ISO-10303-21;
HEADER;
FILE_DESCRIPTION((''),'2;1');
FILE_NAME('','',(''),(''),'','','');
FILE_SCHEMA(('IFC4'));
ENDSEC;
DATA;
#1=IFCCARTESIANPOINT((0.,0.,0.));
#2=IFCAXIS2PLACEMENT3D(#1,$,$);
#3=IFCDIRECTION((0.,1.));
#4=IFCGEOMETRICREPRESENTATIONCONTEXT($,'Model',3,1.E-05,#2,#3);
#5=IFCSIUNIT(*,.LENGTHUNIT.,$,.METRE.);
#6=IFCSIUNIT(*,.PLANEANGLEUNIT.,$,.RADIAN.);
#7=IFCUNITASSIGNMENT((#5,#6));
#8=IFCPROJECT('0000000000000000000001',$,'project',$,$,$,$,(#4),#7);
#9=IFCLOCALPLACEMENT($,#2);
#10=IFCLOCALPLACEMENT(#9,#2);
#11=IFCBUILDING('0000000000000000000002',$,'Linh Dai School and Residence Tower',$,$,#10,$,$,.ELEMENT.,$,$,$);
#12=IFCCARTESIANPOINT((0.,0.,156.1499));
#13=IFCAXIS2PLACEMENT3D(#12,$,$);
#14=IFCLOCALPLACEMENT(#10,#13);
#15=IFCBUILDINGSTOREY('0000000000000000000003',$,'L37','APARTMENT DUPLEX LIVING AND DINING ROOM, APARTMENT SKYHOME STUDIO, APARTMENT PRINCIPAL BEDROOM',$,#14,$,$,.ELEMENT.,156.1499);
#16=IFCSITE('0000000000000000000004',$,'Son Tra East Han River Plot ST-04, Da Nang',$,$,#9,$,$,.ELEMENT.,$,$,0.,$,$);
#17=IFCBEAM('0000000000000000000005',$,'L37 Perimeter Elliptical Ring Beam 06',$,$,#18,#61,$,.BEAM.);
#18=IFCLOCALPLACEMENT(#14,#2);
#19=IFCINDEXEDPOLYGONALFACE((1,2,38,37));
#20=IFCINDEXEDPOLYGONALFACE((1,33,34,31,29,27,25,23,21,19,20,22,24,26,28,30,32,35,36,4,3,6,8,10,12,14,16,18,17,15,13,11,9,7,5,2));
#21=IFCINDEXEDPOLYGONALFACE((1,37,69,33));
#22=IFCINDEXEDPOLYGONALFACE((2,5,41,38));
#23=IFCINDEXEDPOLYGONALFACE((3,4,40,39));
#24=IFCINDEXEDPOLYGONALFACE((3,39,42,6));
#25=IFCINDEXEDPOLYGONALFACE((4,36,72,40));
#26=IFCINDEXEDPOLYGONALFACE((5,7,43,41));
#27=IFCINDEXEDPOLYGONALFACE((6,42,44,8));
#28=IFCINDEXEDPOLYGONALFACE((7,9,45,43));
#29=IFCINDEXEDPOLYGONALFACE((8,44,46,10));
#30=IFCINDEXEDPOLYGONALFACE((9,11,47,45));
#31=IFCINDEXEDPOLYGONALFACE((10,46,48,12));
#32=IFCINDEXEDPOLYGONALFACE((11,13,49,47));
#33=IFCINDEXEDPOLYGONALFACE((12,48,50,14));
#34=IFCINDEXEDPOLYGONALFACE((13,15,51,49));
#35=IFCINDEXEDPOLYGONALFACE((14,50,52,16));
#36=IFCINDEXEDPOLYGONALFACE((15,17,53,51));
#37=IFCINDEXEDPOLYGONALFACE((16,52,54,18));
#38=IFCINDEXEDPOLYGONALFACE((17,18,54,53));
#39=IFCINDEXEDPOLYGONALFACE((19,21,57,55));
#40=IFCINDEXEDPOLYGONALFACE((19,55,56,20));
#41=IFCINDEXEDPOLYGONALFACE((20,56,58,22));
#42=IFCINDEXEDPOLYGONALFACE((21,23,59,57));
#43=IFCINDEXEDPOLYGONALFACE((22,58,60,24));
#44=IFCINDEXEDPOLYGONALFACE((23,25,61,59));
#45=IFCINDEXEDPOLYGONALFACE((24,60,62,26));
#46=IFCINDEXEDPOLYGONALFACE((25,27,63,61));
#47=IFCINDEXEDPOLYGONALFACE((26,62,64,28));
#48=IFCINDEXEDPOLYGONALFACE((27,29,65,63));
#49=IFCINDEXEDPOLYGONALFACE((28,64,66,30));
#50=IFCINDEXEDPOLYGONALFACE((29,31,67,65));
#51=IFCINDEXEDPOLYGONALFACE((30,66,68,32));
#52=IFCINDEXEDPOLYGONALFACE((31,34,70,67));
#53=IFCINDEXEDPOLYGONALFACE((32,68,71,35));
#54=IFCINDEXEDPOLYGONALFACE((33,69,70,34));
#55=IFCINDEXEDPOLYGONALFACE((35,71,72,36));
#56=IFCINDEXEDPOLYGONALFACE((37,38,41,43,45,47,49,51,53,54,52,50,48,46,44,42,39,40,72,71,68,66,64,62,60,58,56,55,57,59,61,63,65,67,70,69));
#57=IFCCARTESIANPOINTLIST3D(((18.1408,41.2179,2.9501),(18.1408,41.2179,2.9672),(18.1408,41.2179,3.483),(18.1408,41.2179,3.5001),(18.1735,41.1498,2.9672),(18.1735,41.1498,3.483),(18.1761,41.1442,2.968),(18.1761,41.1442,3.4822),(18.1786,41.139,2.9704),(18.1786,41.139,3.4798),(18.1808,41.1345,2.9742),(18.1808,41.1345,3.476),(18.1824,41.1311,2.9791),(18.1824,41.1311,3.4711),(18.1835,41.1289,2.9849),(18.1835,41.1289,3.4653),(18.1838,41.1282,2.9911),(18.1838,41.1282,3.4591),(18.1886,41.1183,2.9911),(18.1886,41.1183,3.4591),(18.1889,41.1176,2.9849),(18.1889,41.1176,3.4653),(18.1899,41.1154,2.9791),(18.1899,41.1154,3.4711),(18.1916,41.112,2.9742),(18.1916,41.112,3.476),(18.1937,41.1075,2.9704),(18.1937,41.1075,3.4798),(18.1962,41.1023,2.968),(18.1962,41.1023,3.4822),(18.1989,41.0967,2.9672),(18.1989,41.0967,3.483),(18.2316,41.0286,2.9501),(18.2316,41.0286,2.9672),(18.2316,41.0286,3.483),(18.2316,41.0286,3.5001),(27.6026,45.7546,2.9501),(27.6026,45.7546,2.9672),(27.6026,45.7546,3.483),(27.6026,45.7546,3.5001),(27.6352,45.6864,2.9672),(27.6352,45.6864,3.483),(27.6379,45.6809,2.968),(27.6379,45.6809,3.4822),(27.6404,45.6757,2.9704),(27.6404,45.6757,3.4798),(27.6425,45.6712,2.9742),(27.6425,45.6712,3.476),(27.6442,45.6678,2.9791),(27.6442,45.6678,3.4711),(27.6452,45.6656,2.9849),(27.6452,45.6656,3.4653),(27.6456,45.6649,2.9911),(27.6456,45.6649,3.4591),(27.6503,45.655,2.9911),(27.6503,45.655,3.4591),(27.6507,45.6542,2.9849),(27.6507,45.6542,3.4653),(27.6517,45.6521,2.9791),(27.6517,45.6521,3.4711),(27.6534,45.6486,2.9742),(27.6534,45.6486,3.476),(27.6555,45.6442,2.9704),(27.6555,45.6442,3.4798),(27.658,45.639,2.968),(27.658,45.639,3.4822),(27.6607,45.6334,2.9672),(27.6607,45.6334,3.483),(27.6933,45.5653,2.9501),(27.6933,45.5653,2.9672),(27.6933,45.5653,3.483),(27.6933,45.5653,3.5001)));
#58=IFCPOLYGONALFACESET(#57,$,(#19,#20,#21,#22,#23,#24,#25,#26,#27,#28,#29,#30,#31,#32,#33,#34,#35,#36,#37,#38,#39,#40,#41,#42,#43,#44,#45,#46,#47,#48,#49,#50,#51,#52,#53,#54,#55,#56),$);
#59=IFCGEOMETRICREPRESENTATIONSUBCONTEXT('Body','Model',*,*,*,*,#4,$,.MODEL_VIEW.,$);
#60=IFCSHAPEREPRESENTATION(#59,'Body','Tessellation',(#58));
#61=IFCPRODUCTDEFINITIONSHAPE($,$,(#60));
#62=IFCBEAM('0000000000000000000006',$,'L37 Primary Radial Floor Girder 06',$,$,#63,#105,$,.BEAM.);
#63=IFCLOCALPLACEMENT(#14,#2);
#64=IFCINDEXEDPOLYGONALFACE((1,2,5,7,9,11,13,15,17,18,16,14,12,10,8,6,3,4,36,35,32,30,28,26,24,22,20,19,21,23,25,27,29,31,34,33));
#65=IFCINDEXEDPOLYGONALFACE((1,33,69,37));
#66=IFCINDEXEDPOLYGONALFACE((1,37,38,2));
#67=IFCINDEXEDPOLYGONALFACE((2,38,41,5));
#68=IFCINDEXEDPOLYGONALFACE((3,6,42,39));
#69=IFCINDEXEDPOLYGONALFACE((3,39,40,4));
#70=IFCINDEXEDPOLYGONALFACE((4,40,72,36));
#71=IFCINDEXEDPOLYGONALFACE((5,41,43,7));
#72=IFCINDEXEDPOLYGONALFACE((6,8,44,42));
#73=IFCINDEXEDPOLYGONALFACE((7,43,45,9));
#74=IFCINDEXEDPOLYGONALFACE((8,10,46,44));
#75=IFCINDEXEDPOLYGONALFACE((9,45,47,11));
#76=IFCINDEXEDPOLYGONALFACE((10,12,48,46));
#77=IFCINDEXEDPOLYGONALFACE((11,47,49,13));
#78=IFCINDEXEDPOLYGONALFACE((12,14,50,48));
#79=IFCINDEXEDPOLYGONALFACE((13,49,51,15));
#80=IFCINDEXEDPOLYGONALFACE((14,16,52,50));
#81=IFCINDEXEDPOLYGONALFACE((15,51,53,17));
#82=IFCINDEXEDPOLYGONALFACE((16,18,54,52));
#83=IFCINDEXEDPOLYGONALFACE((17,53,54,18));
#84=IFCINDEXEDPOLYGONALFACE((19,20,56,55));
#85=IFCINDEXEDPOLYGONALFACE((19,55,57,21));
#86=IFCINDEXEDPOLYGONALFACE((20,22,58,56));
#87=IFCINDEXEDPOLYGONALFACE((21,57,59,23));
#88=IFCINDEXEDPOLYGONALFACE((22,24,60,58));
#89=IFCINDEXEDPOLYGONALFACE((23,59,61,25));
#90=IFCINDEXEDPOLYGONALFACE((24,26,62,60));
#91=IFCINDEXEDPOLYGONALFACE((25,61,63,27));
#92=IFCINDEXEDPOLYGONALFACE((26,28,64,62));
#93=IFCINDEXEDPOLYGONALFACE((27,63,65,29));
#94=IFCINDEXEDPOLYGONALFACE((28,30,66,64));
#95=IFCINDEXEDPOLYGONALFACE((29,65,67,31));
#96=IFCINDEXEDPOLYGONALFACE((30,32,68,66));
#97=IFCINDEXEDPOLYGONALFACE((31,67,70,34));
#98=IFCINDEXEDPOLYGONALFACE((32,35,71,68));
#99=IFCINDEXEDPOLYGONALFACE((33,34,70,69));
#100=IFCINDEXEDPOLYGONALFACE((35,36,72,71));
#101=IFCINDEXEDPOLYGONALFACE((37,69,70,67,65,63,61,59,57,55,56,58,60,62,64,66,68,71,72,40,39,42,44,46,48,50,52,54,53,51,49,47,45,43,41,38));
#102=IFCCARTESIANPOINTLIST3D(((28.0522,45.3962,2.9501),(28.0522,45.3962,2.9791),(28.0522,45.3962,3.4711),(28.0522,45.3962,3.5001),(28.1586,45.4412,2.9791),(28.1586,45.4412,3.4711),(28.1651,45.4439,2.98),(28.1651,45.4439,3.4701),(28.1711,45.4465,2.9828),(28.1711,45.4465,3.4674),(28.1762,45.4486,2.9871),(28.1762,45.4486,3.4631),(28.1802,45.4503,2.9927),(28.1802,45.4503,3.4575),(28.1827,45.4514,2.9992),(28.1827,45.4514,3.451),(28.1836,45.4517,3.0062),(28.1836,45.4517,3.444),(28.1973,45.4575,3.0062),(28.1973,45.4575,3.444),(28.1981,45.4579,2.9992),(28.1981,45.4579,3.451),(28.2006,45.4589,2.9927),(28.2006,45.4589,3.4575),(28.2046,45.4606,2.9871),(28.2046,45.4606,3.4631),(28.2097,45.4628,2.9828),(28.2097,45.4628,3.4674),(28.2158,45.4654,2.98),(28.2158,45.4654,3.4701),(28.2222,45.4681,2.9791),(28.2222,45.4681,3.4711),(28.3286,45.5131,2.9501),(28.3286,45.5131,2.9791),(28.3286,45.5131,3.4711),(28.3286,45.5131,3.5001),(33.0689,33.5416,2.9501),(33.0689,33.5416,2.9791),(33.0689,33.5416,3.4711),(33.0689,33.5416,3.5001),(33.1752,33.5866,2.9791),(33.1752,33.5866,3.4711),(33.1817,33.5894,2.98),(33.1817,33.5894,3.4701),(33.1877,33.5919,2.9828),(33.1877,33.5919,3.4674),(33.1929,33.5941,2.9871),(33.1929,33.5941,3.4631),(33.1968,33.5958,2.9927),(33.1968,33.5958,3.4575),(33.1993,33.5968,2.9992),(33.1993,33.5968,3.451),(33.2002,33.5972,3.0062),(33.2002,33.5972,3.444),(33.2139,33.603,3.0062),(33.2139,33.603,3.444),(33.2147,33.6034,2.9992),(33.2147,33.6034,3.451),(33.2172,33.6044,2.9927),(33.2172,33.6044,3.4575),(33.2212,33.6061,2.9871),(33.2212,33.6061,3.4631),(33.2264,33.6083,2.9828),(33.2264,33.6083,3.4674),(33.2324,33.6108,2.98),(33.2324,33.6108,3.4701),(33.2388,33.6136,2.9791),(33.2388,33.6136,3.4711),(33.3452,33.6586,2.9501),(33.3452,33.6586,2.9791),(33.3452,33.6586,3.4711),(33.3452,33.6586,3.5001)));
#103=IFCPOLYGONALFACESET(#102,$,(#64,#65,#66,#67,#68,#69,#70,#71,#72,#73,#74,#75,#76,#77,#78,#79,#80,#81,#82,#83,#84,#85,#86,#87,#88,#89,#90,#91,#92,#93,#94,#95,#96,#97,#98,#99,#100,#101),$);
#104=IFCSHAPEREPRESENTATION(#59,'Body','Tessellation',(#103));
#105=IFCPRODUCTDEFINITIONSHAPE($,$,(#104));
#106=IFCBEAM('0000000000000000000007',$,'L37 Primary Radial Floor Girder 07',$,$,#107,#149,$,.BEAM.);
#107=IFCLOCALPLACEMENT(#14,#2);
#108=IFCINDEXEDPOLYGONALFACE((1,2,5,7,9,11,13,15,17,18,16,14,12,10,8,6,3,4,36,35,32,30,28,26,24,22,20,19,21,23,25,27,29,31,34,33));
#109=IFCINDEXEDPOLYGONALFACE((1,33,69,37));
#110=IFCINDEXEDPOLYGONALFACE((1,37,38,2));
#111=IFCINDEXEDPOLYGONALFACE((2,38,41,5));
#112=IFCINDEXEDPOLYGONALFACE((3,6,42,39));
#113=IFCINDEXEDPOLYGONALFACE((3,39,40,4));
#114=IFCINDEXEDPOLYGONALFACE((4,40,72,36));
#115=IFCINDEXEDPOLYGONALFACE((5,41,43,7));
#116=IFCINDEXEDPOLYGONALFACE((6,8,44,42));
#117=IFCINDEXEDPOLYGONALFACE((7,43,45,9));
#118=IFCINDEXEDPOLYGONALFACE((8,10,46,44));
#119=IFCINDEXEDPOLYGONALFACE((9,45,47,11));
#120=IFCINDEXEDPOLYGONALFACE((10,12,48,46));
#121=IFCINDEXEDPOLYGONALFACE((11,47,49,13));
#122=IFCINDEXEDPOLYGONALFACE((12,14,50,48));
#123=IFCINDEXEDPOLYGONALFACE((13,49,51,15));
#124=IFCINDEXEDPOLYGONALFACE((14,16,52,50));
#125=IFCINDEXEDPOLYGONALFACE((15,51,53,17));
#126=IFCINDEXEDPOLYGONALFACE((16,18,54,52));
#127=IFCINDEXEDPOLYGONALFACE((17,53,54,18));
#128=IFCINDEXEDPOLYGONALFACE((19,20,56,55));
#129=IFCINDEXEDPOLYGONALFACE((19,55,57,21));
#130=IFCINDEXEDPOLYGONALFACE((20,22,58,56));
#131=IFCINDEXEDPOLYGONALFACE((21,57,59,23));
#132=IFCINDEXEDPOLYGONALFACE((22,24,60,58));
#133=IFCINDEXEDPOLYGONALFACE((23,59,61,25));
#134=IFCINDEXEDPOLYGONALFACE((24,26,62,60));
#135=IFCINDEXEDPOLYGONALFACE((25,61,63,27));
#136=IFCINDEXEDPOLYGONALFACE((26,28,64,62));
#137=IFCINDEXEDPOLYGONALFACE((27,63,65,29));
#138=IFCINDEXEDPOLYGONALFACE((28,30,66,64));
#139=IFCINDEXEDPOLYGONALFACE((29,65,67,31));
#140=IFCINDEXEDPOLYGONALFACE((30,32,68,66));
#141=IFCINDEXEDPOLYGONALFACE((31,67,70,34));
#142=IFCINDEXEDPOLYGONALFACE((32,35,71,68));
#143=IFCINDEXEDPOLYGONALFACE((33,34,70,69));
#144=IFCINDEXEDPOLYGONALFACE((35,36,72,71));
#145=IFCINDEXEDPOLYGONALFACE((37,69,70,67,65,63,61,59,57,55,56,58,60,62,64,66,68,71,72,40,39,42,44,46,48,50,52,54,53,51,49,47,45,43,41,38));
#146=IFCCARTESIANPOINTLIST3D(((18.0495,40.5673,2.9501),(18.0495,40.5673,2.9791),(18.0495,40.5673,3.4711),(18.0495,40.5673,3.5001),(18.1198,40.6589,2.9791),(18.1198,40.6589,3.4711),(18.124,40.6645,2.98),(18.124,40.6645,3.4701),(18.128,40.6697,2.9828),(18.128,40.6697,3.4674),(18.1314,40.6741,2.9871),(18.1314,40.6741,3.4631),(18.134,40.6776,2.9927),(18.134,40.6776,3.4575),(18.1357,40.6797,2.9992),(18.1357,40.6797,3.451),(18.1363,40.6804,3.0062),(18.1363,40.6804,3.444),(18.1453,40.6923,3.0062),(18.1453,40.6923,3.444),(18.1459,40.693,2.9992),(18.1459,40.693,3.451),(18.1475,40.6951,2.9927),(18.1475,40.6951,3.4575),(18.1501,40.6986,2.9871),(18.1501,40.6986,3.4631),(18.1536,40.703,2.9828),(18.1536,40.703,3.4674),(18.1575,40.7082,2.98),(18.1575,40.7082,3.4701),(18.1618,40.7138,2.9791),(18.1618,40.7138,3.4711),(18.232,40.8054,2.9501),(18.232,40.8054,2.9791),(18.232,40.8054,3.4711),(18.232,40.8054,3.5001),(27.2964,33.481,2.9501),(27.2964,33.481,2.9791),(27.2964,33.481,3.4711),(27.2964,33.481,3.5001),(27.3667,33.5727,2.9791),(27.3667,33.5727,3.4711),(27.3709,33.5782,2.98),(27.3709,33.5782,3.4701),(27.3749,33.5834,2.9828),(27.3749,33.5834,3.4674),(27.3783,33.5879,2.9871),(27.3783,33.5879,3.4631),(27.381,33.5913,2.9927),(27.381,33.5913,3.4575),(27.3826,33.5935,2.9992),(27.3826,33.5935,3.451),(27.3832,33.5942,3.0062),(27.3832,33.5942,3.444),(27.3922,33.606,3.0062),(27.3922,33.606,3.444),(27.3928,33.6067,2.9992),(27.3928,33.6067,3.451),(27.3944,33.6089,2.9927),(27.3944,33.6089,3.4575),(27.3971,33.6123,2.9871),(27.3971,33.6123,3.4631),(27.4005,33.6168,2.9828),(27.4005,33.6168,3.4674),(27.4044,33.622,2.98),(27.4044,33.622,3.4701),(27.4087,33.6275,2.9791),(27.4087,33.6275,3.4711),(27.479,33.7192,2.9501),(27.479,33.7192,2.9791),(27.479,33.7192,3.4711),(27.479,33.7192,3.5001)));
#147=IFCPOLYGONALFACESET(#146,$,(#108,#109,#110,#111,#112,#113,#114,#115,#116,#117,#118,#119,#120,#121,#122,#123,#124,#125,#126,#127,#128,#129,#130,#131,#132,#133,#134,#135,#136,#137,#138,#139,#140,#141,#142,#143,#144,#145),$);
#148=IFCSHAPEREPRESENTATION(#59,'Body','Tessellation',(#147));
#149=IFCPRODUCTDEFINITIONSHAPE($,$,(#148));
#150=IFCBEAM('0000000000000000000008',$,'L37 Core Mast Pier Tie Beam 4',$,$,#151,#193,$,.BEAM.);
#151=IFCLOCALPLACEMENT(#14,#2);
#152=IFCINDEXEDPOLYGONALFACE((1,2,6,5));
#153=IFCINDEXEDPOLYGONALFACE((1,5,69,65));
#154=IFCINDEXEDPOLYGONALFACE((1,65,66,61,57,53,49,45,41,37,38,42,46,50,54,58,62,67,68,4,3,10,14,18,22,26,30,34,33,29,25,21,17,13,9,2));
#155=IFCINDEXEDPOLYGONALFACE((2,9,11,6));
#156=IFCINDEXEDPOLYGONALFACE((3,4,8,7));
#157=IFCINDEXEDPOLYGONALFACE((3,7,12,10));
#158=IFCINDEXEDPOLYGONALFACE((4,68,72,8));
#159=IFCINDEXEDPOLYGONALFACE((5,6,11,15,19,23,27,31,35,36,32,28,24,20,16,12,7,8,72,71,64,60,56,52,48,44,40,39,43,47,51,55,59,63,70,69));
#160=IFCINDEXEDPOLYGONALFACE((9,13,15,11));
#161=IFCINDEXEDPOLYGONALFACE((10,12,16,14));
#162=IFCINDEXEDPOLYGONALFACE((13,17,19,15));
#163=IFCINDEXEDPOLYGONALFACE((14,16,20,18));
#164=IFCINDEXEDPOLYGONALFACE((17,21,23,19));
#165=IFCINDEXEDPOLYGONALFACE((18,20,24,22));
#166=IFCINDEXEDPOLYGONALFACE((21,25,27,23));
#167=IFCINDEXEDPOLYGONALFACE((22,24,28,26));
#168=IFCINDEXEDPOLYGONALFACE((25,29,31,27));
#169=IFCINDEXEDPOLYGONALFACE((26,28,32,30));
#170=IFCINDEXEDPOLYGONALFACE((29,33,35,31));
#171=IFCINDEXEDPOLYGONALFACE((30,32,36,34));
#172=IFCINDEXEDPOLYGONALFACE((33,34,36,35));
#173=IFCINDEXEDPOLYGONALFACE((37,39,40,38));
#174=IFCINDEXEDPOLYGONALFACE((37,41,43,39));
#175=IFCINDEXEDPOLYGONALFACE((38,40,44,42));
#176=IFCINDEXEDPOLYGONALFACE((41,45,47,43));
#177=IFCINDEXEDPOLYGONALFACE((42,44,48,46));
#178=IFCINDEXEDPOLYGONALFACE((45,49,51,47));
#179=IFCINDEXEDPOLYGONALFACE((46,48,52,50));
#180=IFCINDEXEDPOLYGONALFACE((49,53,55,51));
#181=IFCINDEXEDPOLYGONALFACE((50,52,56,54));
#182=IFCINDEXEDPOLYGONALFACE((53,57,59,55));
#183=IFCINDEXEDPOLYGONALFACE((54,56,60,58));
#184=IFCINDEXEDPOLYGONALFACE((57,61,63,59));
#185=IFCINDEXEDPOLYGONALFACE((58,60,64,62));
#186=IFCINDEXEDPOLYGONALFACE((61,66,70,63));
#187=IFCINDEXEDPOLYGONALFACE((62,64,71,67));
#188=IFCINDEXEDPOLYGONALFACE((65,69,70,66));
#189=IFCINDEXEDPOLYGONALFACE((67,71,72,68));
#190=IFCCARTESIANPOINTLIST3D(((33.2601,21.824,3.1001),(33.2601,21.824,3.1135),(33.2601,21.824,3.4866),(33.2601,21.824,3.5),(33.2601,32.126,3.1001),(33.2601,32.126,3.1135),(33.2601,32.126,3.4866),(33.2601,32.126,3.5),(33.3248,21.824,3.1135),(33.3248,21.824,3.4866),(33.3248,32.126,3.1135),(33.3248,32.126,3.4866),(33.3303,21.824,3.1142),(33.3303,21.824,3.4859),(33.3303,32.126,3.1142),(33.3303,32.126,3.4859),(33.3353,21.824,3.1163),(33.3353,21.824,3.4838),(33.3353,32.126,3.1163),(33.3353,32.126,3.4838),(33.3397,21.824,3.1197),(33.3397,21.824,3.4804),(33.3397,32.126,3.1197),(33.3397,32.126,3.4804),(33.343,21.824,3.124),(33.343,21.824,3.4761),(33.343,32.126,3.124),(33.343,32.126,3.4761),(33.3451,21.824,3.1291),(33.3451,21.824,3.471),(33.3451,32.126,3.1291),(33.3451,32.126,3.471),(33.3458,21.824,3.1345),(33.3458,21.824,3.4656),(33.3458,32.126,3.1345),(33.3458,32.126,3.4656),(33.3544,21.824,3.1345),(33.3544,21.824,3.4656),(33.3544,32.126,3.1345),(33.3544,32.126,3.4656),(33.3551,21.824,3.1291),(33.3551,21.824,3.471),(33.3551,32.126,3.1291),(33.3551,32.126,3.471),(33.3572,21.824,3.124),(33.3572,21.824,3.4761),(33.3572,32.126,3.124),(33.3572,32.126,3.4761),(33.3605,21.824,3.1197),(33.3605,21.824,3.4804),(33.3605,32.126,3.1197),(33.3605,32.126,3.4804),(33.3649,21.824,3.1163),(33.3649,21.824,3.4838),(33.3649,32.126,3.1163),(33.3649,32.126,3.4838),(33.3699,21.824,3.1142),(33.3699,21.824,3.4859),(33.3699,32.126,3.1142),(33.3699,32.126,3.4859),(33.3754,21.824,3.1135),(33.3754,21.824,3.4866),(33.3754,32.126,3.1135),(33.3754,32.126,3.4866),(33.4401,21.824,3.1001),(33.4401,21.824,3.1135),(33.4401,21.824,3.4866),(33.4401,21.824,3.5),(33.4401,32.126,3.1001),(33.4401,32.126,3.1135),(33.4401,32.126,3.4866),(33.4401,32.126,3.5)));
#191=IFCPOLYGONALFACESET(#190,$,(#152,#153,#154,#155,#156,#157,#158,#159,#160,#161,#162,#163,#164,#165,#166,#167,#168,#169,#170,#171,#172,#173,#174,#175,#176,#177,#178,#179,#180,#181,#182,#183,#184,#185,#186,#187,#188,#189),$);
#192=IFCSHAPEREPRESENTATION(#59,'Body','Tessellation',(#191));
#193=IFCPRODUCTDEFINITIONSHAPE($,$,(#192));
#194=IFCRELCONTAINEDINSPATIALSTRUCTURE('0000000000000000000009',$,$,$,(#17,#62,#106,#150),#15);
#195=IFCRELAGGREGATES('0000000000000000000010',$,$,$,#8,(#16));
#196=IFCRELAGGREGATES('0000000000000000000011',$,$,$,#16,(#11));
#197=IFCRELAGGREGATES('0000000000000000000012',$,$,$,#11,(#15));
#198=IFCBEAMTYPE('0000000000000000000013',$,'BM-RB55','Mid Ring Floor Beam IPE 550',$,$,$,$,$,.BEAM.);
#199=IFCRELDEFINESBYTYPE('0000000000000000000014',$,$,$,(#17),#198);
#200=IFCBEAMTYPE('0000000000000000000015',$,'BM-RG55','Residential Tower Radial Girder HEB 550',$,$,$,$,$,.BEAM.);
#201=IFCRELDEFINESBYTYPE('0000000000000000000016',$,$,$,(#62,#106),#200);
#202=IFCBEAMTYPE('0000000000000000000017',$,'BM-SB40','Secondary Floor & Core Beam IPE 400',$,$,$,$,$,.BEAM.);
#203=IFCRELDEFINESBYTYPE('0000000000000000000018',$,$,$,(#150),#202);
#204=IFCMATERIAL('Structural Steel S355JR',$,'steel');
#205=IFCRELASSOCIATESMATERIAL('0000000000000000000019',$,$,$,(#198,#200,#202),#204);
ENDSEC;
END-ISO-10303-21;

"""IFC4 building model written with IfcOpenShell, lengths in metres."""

from ifc_helpers import new_model, si_unit, direction, frame, origin, origin_2d, place, context, subcontext, project, spatial, i_section, extrude, material, material_profile, profile_set, type_object, element, save


model = new_model("IFC4")

# Units and contexts
model_context = context("Model", 3, precision=1e-05, world=origin(), true_north=direction((0.0, 1.0)))
body_context = subcontext(model_context, "Body", "Model", "MODEL_VIEW")
ifc_project = project(units=[si_unit("LENGTHUNIT", "METRE"), si_unit("PLANEANGLEUNIT", "RADIAN")], contexts=[model_context])

# Site, building, storey
site_placement = place(None, origin())
site = spatial("IfcSite", under=ifc_project, at=site_placement, Name="Son Tra East Han River Plot ST-04, Da Nang", CompositionType="ELEMENT", RefElevation=0.0)
building_placement = place(site_placement, origin())
building = spatial("IfcBuilding", under=site, at=building_placement, Name="Linh Dai School and Residence Tower", CompositionType="ELEMENT")
storey_placement = place(building_placement, frame((0.0, 0.0, 156.1499)))
storey = spatial("IfcBuildingStorey", under=building, at=storey_placement, Name="L37", Description="APARTMENT DUPLEX LIVING AND DINING ROOM, APARTMENT SKYHOME STUDIO, APARTMENT PRINCIPAL BEDROOM", CompositionType="ELEMENT", Elevation=156.1499)

# Shared definitions
ifc_material_1 = material(Name="Structural Steel S355JR", Category="steel")

# Beams
ifc_material_profile_1 = material_profile(ifc_material_1, i_section(OverallWidth=0.21, OverallDepth=0.55, WebThickness=0.011, FlangeThickness=0.0171, FilletRadius=0.0239, at=origin_2d()), Name="IPE 550")
ifc_profile_set_1 = profile_set([ifc_material_profile_1], Name="Structural Steel S355JR")
beam_type_1 = type_object("IfcBeamType", Name="BM-RB55", Description="Mid Ring Floor Beam IPE 550", PredefinedType="BEAM", material=ifc_profile_set_1)
beam_1_placement = place(storey_placement, frame((27.6479, 45.6599, 3.2251), z_axis=(-0.901708, -0.432345, 0.0), x_axis=(0.432345, -0.901708, 0.0)))
element("IfcBeam", 1, at=beam_1_placement, inside=storey, type_object=beam_type_1, Name="L37 Perimeter Elliptical Ring Beam 06", PredefinedType="BEAM", context=body_context, shape_type="SweptSolid", body=[
    extrude(i_section(OverallWidth=0.21, OverallDepth=0.55, WebThickness=0.011, FlangeThickness=0.0171, FilletRadius=0.0239, at=origin_2d()), origin(), (0.0, 0.0, 1.0), 10.4932),
])
ifc_material_profile_2 = material_profile(ifc_material_1, i_section(OverallWidth=0.3, OverallDepth=0.55, WebThickness=0.0149, FlangeThickness=0.0291, FilletRadius=0.0271, at=origin_2d()), Name="HEB 550")
ifc_profile_set_2 = profile_set([ifc_material_profile_2], Name="Structural Steel S355JR")
beam_type_2 = type_object("IfcBeamType", Name="BM-RG55", Description="Residential Tower Radial Girder HEB 550", PredefinedType="BEAM", material=ifc_profile_set_2)
beam_2_placement = place(storey_placement, frame((33.207, 33.6001, 3.2251), z_axis=(-0.389722, 0.920933, 0.0), x_axis=(-0.920933, -0.389722, 0.0)))
element("IfcBeam", 2, at=beam_2_placement, inside=storey, type_object=beam_type_2, Name="L37 Primary Radial Floor Girder 06", PredefinedType="BEAM", context=body_context, shape_type="SweptSolid", body=[
    extrude(i_section(OverallWidth=0.3, OverallDepth=0.55, WebThickness=0.0149, FlangeThickness=0.0291, FilletRadius=0.0271, at=origin_2d()), origin(), (0.0, 0.0, 1.0), 12.8723),
])
beam_3_placement = place(storey_placement, frame((27.3877, 33.6001, 3.2251), z_axis=(-0.793733, 0.608267, 0.0), x_axis=(-0.608267, -0.793733, 0.0)))
element("IfcBeam", 3, at=beam_3_placement, inside=storey, type_object=beam_type_2, Name="L37 Primary Radial Floor Girder 07", PredefinedType="BEAM", context=body_context, shape_type="SweptSolid", body=[
    extrude(i_section(OverallWidth=0.3, OverallDepth=0.55, WebThickness=0.0149, FlangeThickness=0.0291, FilletRadius=0.0271, at=origin_2d()), origin(), (0.0, 0.0, 1.0), 11.6499),
])
ifc_material_profile_3 = material_profile(ifc_material_1, i_section(OverallWidth=0.1799, OverallDepth=0.3999, WebThickness=0.0085, FlangeThickness=0.0134, FilletRadius=0.021, at=origin_2d()), Name="IPE 400")
ifc_profile_set_3 = profile_set([ifc_material_profile_3], Name="Structural Steel S355JR")
beam_type_3 = type_object("IfcBeamType", Name="BM-SB40", Description="Secondary Floor & Core Beam IPE 400", PredefinedType="BEAM", material=ifc_profile_set_3)
beam_4_placement = place(storey_placement, frame((33.3501, 32.126, 3.3), z_axis=(0.0, -1.0, 0.0), x_axis=(1.0, 0.0, 0.0)))
element("IfcBeam", 4, at=beam_4_placement, inside=storey, type_object=beam_type_3, Name="L37 Core Mast Pier Tie Beam 4", PredefinedType="BEAM", context=body_context, shape_type="SweptSolid", body=[
    extrude(i_section(OverallWidth=0.1799, OverallDepth=0.3999, WebThickness=0.0085, FlangeThickness=0.0134, FilletRadius=0.021, at=origin_2d()), origin(), (0.0, 0.0, 1.0), 10.302),
])

save(model, "model.ifc")
